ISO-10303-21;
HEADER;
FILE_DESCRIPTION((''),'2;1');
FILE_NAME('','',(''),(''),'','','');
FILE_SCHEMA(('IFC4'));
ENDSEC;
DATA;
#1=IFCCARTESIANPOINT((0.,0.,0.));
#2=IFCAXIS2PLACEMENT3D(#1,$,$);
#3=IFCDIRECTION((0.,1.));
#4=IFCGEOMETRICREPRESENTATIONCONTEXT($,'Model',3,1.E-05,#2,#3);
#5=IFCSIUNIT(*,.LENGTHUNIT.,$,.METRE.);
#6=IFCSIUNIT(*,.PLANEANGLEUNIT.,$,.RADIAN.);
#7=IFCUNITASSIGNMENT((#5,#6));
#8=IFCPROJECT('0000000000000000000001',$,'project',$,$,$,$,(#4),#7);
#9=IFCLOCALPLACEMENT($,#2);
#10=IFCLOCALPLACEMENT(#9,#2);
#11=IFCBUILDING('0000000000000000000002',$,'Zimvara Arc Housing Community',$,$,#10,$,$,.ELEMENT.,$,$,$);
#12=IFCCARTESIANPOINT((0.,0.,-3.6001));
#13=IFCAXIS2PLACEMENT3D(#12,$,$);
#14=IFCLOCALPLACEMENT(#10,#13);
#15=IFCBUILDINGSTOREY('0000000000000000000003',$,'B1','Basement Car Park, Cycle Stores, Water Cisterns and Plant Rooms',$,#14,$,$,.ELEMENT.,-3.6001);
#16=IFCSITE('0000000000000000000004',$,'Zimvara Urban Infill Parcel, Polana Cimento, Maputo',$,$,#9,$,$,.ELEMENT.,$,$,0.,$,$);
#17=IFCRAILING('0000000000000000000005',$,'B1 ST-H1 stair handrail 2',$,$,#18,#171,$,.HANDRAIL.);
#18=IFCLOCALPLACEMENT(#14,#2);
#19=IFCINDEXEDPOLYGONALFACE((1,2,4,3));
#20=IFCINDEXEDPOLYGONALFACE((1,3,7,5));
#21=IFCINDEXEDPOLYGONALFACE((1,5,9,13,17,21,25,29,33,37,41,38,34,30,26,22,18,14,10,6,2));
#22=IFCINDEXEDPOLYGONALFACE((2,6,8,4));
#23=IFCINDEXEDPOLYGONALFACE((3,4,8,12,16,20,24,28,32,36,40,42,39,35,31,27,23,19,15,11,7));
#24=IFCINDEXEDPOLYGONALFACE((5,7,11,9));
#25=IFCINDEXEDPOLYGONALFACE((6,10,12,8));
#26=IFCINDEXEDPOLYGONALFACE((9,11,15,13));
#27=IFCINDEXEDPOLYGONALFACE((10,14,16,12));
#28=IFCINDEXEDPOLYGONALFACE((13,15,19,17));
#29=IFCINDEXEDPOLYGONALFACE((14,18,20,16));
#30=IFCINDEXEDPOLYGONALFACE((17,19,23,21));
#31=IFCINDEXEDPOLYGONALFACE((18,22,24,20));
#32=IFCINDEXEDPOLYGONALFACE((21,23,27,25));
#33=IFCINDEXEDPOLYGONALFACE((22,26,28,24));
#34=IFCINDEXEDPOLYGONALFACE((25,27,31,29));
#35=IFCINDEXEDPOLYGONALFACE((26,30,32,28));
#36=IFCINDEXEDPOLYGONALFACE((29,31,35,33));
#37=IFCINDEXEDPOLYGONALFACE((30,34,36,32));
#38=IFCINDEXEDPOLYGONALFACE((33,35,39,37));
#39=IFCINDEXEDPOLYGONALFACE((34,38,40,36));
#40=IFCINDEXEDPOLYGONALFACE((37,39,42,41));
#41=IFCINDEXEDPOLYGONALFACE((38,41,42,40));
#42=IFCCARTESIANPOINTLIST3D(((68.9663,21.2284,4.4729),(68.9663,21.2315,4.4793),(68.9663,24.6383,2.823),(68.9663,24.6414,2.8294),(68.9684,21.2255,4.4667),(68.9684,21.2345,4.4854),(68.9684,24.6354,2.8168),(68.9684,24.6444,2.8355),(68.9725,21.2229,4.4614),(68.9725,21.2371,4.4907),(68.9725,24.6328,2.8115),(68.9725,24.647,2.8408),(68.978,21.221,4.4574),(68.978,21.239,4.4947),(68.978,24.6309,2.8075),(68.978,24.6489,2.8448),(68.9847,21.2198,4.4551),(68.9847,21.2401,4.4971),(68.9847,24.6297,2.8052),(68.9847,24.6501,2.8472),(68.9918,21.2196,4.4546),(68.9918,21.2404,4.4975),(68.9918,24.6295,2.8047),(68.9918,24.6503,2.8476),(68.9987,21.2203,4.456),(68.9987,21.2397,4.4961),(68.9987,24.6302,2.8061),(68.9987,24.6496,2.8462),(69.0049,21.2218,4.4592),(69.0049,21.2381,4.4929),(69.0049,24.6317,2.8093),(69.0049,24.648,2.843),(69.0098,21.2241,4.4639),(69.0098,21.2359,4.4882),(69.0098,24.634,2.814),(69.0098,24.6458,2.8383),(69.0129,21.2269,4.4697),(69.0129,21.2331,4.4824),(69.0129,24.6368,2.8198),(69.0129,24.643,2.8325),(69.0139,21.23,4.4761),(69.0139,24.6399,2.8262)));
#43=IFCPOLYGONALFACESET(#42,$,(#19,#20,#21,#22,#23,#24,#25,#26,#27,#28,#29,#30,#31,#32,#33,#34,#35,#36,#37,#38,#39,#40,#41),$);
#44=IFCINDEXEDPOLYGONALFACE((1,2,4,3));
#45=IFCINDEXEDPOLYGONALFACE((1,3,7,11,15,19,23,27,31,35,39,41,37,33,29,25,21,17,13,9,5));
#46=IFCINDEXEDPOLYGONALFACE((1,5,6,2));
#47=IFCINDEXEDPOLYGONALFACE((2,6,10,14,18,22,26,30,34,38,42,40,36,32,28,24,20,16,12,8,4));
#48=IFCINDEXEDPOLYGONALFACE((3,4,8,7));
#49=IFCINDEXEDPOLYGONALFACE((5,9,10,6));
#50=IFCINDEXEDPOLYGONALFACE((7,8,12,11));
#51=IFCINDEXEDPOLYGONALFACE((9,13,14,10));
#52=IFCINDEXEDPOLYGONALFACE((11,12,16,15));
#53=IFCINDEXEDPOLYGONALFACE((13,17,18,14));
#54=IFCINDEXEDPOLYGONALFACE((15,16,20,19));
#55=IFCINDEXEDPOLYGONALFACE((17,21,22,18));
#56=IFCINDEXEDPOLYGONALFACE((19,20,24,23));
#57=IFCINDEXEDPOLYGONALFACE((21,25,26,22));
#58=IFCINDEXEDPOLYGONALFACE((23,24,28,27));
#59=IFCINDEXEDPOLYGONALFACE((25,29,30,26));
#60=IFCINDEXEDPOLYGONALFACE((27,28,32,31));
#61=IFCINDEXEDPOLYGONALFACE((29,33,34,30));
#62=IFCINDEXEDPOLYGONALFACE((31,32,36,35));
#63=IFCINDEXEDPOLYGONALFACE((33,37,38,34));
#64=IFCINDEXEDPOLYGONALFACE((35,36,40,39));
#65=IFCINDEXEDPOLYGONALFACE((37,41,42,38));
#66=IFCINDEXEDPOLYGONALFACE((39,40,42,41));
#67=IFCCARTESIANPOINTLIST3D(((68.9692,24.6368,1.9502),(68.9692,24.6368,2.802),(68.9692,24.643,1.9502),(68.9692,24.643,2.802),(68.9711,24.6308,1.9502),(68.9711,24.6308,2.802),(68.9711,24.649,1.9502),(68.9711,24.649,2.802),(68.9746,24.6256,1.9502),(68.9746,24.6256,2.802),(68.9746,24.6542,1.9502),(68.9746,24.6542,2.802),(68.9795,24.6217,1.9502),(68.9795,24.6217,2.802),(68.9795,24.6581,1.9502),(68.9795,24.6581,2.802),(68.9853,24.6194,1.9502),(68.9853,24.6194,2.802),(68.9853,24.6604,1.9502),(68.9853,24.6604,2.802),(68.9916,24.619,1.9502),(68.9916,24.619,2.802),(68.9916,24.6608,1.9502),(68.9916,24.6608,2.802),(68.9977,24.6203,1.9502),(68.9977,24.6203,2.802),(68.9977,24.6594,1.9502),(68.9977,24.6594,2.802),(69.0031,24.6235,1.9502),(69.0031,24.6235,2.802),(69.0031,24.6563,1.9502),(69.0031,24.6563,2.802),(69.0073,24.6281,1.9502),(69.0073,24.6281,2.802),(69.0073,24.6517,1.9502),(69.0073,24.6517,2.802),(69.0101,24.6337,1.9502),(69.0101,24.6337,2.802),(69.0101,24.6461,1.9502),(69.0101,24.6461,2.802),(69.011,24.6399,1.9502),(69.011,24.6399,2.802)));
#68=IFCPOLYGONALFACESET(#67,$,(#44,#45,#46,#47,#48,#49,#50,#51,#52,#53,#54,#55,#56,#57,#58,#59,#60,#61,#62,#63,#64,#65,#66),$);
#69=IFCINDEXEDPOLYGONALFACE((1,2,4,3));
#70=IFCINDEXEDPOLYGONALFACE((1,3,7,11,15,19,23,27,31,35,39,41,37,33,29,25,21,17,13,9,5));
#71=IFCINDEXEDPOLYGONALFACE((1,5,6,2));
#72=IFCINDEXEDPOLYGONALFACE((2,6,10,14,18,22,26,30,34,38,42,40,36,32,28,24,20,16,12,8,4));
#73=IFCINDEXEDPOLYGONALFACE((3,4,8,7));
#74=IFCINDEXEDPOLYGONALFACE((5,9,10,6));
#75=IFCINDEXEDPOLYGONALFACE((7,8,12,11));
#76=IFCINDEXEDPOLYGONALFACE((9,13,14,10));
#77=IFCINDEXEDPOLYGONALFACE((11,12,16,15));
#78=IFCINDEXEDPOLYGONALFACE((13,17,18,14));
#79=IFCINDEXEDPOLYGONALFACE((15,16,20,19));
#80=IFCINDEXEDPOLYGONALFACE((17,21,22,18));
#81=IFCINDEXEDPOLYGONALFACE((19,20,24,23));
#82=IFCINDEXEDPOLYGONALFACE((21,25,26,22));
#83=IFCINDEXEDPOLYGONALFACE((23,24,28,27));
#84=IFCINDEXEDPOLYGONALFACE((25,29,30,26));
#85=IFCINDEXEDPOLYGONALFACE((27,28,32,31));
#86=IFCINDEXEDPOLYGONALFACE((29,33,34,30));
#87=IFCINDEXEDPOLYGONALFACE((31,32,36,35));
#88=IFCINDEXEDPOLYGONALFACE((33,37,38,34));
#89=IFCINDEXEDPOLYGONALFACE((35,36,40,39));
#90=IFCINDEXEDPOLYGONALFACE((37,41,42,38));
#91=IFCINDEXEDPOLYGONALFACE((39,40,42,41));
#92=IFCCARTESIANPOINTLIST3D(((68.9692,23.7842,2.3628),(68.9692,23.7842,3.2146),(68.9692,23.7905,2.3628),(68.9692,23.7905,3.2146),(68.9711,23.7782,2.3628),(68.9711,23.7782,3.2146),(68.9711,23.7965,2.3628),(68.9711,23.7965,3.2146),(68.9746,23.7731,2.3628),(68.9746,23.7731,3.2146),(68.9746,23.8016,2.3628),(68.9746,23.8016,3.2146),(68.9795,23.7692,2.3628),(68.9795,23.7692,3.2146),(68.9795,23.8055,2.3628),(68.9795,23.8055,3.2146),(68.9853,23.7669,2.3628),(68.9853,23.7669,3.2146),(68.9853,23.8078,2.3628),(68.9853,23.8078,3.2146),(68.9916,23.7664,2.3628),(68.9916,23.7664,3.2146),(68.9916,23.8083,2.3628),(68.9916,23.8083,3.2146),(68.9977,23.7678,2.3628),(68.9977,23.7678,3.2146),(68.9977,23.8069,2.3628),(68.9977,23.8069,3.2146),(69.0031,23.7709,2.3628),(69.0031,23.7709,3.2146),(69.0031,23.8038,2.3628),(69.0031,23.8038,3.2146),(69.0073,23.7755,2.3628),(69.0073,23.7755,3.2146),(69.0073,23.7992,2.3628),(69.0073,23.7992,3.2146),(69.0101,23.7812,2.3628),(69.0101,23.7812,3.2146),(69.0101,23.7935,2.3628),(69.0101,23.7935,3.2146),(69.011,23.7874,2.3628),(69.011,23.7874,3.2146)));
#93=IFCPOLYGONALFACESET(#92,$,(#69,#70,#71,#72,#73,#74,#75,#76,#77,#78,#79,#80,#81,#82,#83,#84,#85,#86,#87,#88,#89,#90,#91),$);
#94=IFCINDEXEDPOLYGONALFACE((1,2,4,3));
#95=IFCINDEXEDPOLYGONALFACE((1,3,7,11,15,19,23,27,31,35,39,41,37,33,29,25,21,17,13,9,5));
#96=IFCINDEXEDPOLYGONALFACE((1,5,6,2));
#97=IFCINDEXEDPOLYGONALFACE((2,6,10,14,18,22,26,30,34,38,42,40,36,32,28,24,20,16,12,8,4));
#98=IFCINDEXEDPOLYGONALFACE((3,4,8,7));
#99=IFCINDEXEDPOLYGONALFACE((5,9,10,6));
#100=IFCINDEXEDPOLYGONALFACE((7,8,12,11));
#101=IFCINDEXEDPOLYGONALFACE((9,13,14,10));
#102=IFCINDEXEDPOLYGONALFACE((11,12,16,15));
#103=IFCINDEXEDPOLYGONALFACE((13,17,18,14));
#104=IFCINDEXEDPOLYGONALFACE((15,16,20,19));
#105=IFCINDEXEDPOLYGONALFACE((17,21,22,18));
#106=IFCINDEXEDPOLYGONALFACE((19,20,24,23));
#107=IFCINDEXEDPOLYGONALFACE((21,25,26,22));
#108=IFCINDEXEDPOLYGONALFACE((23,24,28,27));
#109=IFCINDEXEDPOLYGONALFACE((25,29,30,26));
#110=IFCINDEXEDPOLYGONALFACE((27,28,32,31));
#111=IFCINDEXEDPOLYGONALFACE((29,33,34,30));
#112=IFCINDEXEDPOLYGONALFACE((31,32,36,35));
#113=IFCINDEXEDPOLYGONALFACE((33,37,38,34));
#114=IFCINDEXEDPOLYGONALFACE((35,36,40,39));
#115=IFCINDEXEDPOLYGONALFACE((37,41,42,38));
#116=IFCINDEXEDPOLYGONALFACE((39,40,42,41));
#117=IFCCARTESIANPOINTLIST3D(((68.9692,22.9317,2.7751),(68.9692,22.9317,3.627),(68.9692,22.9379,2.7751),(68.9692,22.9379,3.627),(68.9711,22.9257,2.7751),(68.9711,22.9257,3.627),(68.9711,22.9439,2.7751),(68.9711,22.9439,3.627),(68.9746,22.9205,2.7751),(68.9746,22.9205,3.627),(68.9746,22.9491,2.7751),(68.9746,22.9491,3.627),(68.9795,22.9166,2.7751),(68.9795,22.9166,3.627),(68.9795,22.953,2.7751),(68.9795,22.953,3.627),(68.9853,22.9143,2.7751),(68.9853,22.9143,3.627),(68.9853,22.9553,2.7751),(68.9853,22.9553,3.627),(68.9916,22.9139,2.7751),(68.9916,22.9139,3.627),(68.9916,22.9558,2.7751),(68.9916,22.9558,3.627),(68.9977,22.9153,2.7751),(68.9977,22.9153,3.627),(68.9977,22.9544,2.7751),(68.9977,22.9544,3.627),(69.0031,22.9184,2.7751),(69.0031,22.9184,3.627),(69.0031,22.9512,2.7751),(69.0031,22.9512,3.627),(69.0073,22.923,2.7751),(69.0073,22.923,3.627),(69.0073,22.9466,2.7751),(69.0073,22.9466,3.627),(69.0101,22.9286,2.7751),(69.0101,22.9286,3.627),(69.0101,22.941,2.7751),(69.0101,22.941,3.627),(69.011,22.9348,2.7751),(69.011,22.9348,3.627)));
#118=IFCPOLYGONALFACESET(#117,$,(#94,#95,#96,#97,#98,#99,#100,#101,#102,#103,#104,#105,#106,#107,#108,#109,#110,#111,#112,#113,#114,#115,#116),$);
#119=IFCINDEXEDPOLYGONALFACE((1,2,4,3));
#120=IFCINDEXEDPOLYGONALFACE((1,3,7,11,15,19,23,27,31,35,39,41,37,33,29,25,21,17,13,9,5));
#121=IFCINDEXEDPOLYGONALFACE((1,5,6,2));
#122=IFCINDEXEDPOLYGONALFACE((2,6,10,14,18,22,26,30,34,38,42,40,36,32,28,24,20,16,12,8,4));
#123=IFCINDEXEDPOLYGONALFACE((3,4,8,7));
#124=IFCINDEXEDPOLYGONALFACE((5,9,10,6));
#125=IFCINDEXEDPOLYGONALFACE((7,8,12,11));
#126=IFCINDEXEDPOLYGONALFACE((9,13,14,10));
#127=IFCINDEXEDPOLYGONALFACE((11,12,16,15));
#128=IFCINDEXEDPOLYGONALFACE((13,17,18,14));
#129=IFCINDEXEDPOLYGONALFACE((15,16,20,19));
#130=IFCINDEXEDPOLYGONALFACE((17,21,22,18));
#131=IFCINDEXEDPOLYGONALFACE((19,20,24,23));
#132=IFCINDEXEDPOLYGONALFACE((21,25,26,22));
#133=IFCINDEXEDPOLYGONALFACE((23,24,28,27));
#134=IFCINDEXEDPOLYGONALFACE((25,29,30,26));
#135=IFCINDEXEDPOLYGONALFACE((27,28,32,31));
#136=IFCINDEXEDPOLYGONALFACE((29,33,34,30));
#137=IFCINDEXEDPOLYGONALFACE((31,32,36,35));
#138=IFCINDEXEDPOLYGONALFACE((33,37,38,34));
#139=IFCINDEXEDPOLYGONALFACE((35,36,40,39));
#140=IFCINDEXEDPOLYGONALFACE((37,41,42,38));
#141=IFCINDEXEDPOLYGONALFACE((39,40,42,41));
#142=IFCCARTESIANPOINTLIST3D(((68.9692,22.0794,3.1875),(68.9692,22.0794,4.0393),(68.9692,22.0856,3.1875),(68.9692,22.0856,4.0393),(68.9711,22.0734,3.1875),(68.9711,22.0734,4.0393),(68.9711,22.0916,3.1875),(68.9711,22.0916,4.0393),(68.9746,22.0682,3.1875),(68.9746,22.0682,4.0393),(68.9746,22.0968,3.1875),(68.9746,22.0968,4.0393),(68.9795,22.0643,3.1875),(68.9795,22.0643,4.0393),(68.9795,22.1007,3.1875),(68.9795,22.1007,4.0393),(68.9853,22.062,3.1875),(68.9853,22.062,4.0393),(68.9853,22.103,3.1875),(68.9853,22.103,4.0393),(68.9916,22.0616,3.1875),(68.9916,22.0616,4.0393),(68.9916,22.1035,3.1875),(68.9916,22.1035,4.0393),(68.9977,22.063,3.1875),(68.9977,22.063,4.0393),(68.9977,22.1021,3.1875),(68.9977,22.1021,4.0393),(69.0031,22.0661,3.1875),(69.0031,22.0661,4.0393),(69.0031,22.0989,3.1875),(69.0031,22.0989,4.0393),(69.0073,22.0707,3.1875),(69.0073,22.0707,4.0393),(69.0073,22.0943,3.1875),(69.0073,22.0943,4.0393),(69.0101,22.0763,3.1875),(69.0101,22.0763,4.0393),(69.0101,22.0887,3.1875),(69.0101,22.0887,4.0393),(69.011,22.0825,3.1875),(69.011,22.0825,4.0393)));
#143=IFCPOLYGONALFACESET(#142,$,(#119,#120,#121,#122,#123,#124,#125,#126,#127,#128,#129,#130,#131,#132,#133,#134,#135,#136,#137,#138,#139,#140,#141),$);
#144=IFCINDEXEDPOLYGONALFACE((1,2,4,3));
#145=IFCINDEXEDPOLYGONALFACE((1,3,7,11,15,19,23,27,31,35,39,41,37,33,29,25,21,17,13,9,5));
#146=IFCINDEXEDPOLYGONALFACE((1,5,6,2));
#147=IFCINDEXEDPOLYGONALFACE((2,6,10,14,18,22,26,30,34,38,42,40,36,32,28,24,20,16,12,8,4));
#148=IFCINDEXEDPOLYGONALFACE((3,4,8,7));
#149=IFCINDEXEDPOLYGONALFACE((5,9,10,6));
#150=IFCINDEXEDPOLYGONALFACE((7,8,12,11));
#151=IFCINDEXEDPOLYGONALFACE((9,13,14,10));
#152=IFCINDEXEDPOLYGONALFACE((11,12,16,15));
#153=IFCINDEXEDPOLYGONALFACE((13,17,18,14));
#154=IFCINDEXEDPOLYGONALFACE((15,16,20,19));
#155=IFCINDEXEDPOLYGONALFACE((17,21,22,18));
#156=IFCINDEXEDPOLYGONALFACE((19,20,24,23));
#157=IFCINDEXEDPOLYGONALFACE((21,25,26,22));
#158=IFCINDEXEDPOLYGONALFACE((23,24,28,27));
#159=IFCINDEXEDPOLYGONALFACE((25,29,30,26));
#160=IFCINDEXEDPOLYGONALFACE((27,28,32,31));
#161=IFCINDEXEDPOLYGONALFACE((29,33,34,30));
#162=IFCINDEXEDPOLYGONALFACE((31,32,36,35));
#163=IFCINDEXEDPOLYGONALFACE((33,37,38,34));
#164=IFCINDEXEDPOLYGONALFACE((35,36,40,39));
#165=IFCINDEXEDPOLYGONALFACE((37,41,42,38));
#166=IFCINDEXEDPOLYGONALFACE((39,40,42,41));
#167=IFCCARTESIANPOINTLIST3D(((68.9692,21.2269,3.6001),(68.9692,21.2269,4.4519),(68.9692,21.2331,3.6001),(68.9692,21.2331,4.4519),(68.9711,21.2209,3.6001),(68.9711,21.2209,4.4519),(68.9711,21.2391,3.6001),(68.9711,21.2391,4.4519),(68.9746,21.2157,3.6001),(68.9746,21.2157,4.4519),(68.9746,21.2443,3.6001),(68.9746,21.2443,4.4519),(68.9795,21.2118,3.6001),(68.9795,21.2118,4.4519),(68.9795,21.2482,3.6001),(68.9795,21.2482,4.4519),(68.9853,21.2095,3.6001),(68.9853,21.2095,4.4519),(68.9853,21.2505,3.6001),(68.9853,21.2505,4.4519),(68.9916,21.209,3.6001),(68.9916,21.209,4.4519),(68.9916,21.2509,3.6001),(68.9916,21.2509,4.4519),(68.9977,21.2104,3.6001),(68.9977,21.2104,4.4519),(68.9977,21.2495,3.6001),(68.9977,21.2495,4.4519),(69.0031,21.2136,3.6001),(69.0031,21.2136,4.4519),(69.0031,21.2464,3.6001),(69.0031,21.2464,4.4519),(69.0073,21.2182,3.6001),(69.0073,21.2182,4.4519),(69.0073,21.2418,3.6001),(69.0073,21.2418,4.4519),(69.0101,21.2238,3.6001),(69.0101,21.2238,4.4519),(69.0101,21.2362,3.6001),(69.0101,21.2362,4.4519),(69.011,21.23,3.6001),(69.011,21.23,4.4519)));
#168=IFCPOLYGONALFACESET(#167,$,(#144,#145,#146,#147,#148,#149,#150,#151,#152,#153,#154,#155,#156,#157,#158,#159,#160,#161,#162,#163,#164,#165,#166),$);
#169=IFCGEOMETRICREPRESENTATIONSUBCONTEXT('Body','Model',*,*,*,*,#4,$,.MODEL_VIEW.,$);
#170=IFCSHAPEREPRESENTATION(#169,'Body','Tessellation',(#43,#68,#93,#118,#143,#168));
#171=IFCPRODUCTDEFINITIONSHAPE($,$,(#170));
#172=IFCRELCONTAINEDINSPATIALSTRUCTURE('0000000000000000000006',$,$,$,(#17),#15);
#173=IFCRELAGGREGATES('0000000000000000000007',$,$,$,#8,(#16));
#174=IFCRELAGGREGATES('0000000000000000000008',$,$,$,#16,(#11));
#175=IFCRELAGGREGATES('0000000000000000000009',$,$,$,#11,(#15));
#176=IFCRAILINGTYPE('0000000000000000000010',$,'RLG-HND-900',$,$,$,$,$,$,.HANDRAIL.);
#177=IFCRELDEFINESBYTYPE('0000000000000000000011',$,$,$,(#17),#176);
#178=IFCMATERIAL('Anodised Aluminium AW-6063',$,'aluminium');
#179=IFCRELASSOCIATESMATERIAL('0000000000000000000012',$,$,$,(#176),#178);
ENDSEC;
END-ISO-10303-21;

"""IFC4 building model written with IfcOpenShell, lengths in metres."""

from ifc_helpers import new_model, si_unit, direction, frame, origin, origin_2d, place, context, subcontext, project, spatial, circle, extrude, material, type_object, element, save


model = new_model("IFC4")

# Units and contexts
model_context = context("Model", 3, precision=1e-05, world=origin(), true_north=direction((0.0, 1.0)))
body_context = subcontext(model_context, "Body", "Model", "MODEL_VIEW")
ifc_project = project(units=[si_unit("LENGTHUNIT", "METRE"), si_unit("PLANEANGLEUNIT", "RADIAN")], contexts=[model_context])

# Site, building, storey
site_placement = place(None, origin())
site = spatial("IfcSite", under=ifc_project, at=site_placement, Name="Zimvara Urban Infill Parcel, Polana Cimento, Maputo", CompositionType="ELEMENT", RefElevation=0.0)
building_placement = place(site_placement, origin())
building = spatial("IfcBuilding", under=site, at=building_placement, Name="Zimvara Arc Housing Community", CompositionType="ELEMENT")
storey_placement = place(building_placement, frame((0.0, 0.0, -3.6001)))
storey = spatial("IfcBuildingStorey", under=building, at=storey_placement, Name="B1", Description="Basement Car Park, Cycle Stores, Water Cisterns and Plant Rooms", CompositionType="ELEMENT", Elevation=-3.6001)

# Railing
ifc_material_1 = material(Name="Anodised Aluminium AW-6063", Category="aluminium")
railing_type_1 = type_object("IfcRailingType", Name="RLG-HND-900", PredefinedType="HANDRAIL", material=ifc_material_1)
railing_1_placement = place(storey_placement, frame((68.99, 24.6399, 1.9502)))
element("IfcRailing", 1, at=railing_1_placement, inside=storey, type_object=railing_type_1, Name="B1 ST-H1 stair handrail 2", PredefinedType="HANDRAIL", context=body_context, shape_type="SweptSolid", body=[
    extrude(circle(Radius=0.0239, at=origin_2d()), frame((0.0, 0.0, 0.876), z_axis=(0.0, -0.900165, 0.435549), x_axis=(1.0, 0.0, 0.0)), (0.0, 0.0, 1.0), 3.7881),
    extrude(circle(Radius=0.021, at=origin_2d()), origin(), (0.0, 0.0, 1.0), 0.8518),
    extrude(circle(Radius=0.021, at=origin_2d()), frame((0.0, -0.8525, 0.4126)), (0.0, 0.0, 1.0), 0.8518),
    extrude(circle(Radius=0.021, at=origin_2d()), frame((0.0, -1.7051, 0.825)), (0.0, 0.0, 1.0), 0.8518),
    extrude(circle(Radius=0.021, at=origin_2d()), frame((0.0, -2.5574, 1.2373)), (0.0, 0.0, 1.0), 0.8518),
    extrude(circle(Radius=0.021, at=origin_2d()), frame((0.0, -3.4099, 1.6499)), (0.0, 0.0, 1.0), 0.8518),
])

save(model, "model.ifc")
